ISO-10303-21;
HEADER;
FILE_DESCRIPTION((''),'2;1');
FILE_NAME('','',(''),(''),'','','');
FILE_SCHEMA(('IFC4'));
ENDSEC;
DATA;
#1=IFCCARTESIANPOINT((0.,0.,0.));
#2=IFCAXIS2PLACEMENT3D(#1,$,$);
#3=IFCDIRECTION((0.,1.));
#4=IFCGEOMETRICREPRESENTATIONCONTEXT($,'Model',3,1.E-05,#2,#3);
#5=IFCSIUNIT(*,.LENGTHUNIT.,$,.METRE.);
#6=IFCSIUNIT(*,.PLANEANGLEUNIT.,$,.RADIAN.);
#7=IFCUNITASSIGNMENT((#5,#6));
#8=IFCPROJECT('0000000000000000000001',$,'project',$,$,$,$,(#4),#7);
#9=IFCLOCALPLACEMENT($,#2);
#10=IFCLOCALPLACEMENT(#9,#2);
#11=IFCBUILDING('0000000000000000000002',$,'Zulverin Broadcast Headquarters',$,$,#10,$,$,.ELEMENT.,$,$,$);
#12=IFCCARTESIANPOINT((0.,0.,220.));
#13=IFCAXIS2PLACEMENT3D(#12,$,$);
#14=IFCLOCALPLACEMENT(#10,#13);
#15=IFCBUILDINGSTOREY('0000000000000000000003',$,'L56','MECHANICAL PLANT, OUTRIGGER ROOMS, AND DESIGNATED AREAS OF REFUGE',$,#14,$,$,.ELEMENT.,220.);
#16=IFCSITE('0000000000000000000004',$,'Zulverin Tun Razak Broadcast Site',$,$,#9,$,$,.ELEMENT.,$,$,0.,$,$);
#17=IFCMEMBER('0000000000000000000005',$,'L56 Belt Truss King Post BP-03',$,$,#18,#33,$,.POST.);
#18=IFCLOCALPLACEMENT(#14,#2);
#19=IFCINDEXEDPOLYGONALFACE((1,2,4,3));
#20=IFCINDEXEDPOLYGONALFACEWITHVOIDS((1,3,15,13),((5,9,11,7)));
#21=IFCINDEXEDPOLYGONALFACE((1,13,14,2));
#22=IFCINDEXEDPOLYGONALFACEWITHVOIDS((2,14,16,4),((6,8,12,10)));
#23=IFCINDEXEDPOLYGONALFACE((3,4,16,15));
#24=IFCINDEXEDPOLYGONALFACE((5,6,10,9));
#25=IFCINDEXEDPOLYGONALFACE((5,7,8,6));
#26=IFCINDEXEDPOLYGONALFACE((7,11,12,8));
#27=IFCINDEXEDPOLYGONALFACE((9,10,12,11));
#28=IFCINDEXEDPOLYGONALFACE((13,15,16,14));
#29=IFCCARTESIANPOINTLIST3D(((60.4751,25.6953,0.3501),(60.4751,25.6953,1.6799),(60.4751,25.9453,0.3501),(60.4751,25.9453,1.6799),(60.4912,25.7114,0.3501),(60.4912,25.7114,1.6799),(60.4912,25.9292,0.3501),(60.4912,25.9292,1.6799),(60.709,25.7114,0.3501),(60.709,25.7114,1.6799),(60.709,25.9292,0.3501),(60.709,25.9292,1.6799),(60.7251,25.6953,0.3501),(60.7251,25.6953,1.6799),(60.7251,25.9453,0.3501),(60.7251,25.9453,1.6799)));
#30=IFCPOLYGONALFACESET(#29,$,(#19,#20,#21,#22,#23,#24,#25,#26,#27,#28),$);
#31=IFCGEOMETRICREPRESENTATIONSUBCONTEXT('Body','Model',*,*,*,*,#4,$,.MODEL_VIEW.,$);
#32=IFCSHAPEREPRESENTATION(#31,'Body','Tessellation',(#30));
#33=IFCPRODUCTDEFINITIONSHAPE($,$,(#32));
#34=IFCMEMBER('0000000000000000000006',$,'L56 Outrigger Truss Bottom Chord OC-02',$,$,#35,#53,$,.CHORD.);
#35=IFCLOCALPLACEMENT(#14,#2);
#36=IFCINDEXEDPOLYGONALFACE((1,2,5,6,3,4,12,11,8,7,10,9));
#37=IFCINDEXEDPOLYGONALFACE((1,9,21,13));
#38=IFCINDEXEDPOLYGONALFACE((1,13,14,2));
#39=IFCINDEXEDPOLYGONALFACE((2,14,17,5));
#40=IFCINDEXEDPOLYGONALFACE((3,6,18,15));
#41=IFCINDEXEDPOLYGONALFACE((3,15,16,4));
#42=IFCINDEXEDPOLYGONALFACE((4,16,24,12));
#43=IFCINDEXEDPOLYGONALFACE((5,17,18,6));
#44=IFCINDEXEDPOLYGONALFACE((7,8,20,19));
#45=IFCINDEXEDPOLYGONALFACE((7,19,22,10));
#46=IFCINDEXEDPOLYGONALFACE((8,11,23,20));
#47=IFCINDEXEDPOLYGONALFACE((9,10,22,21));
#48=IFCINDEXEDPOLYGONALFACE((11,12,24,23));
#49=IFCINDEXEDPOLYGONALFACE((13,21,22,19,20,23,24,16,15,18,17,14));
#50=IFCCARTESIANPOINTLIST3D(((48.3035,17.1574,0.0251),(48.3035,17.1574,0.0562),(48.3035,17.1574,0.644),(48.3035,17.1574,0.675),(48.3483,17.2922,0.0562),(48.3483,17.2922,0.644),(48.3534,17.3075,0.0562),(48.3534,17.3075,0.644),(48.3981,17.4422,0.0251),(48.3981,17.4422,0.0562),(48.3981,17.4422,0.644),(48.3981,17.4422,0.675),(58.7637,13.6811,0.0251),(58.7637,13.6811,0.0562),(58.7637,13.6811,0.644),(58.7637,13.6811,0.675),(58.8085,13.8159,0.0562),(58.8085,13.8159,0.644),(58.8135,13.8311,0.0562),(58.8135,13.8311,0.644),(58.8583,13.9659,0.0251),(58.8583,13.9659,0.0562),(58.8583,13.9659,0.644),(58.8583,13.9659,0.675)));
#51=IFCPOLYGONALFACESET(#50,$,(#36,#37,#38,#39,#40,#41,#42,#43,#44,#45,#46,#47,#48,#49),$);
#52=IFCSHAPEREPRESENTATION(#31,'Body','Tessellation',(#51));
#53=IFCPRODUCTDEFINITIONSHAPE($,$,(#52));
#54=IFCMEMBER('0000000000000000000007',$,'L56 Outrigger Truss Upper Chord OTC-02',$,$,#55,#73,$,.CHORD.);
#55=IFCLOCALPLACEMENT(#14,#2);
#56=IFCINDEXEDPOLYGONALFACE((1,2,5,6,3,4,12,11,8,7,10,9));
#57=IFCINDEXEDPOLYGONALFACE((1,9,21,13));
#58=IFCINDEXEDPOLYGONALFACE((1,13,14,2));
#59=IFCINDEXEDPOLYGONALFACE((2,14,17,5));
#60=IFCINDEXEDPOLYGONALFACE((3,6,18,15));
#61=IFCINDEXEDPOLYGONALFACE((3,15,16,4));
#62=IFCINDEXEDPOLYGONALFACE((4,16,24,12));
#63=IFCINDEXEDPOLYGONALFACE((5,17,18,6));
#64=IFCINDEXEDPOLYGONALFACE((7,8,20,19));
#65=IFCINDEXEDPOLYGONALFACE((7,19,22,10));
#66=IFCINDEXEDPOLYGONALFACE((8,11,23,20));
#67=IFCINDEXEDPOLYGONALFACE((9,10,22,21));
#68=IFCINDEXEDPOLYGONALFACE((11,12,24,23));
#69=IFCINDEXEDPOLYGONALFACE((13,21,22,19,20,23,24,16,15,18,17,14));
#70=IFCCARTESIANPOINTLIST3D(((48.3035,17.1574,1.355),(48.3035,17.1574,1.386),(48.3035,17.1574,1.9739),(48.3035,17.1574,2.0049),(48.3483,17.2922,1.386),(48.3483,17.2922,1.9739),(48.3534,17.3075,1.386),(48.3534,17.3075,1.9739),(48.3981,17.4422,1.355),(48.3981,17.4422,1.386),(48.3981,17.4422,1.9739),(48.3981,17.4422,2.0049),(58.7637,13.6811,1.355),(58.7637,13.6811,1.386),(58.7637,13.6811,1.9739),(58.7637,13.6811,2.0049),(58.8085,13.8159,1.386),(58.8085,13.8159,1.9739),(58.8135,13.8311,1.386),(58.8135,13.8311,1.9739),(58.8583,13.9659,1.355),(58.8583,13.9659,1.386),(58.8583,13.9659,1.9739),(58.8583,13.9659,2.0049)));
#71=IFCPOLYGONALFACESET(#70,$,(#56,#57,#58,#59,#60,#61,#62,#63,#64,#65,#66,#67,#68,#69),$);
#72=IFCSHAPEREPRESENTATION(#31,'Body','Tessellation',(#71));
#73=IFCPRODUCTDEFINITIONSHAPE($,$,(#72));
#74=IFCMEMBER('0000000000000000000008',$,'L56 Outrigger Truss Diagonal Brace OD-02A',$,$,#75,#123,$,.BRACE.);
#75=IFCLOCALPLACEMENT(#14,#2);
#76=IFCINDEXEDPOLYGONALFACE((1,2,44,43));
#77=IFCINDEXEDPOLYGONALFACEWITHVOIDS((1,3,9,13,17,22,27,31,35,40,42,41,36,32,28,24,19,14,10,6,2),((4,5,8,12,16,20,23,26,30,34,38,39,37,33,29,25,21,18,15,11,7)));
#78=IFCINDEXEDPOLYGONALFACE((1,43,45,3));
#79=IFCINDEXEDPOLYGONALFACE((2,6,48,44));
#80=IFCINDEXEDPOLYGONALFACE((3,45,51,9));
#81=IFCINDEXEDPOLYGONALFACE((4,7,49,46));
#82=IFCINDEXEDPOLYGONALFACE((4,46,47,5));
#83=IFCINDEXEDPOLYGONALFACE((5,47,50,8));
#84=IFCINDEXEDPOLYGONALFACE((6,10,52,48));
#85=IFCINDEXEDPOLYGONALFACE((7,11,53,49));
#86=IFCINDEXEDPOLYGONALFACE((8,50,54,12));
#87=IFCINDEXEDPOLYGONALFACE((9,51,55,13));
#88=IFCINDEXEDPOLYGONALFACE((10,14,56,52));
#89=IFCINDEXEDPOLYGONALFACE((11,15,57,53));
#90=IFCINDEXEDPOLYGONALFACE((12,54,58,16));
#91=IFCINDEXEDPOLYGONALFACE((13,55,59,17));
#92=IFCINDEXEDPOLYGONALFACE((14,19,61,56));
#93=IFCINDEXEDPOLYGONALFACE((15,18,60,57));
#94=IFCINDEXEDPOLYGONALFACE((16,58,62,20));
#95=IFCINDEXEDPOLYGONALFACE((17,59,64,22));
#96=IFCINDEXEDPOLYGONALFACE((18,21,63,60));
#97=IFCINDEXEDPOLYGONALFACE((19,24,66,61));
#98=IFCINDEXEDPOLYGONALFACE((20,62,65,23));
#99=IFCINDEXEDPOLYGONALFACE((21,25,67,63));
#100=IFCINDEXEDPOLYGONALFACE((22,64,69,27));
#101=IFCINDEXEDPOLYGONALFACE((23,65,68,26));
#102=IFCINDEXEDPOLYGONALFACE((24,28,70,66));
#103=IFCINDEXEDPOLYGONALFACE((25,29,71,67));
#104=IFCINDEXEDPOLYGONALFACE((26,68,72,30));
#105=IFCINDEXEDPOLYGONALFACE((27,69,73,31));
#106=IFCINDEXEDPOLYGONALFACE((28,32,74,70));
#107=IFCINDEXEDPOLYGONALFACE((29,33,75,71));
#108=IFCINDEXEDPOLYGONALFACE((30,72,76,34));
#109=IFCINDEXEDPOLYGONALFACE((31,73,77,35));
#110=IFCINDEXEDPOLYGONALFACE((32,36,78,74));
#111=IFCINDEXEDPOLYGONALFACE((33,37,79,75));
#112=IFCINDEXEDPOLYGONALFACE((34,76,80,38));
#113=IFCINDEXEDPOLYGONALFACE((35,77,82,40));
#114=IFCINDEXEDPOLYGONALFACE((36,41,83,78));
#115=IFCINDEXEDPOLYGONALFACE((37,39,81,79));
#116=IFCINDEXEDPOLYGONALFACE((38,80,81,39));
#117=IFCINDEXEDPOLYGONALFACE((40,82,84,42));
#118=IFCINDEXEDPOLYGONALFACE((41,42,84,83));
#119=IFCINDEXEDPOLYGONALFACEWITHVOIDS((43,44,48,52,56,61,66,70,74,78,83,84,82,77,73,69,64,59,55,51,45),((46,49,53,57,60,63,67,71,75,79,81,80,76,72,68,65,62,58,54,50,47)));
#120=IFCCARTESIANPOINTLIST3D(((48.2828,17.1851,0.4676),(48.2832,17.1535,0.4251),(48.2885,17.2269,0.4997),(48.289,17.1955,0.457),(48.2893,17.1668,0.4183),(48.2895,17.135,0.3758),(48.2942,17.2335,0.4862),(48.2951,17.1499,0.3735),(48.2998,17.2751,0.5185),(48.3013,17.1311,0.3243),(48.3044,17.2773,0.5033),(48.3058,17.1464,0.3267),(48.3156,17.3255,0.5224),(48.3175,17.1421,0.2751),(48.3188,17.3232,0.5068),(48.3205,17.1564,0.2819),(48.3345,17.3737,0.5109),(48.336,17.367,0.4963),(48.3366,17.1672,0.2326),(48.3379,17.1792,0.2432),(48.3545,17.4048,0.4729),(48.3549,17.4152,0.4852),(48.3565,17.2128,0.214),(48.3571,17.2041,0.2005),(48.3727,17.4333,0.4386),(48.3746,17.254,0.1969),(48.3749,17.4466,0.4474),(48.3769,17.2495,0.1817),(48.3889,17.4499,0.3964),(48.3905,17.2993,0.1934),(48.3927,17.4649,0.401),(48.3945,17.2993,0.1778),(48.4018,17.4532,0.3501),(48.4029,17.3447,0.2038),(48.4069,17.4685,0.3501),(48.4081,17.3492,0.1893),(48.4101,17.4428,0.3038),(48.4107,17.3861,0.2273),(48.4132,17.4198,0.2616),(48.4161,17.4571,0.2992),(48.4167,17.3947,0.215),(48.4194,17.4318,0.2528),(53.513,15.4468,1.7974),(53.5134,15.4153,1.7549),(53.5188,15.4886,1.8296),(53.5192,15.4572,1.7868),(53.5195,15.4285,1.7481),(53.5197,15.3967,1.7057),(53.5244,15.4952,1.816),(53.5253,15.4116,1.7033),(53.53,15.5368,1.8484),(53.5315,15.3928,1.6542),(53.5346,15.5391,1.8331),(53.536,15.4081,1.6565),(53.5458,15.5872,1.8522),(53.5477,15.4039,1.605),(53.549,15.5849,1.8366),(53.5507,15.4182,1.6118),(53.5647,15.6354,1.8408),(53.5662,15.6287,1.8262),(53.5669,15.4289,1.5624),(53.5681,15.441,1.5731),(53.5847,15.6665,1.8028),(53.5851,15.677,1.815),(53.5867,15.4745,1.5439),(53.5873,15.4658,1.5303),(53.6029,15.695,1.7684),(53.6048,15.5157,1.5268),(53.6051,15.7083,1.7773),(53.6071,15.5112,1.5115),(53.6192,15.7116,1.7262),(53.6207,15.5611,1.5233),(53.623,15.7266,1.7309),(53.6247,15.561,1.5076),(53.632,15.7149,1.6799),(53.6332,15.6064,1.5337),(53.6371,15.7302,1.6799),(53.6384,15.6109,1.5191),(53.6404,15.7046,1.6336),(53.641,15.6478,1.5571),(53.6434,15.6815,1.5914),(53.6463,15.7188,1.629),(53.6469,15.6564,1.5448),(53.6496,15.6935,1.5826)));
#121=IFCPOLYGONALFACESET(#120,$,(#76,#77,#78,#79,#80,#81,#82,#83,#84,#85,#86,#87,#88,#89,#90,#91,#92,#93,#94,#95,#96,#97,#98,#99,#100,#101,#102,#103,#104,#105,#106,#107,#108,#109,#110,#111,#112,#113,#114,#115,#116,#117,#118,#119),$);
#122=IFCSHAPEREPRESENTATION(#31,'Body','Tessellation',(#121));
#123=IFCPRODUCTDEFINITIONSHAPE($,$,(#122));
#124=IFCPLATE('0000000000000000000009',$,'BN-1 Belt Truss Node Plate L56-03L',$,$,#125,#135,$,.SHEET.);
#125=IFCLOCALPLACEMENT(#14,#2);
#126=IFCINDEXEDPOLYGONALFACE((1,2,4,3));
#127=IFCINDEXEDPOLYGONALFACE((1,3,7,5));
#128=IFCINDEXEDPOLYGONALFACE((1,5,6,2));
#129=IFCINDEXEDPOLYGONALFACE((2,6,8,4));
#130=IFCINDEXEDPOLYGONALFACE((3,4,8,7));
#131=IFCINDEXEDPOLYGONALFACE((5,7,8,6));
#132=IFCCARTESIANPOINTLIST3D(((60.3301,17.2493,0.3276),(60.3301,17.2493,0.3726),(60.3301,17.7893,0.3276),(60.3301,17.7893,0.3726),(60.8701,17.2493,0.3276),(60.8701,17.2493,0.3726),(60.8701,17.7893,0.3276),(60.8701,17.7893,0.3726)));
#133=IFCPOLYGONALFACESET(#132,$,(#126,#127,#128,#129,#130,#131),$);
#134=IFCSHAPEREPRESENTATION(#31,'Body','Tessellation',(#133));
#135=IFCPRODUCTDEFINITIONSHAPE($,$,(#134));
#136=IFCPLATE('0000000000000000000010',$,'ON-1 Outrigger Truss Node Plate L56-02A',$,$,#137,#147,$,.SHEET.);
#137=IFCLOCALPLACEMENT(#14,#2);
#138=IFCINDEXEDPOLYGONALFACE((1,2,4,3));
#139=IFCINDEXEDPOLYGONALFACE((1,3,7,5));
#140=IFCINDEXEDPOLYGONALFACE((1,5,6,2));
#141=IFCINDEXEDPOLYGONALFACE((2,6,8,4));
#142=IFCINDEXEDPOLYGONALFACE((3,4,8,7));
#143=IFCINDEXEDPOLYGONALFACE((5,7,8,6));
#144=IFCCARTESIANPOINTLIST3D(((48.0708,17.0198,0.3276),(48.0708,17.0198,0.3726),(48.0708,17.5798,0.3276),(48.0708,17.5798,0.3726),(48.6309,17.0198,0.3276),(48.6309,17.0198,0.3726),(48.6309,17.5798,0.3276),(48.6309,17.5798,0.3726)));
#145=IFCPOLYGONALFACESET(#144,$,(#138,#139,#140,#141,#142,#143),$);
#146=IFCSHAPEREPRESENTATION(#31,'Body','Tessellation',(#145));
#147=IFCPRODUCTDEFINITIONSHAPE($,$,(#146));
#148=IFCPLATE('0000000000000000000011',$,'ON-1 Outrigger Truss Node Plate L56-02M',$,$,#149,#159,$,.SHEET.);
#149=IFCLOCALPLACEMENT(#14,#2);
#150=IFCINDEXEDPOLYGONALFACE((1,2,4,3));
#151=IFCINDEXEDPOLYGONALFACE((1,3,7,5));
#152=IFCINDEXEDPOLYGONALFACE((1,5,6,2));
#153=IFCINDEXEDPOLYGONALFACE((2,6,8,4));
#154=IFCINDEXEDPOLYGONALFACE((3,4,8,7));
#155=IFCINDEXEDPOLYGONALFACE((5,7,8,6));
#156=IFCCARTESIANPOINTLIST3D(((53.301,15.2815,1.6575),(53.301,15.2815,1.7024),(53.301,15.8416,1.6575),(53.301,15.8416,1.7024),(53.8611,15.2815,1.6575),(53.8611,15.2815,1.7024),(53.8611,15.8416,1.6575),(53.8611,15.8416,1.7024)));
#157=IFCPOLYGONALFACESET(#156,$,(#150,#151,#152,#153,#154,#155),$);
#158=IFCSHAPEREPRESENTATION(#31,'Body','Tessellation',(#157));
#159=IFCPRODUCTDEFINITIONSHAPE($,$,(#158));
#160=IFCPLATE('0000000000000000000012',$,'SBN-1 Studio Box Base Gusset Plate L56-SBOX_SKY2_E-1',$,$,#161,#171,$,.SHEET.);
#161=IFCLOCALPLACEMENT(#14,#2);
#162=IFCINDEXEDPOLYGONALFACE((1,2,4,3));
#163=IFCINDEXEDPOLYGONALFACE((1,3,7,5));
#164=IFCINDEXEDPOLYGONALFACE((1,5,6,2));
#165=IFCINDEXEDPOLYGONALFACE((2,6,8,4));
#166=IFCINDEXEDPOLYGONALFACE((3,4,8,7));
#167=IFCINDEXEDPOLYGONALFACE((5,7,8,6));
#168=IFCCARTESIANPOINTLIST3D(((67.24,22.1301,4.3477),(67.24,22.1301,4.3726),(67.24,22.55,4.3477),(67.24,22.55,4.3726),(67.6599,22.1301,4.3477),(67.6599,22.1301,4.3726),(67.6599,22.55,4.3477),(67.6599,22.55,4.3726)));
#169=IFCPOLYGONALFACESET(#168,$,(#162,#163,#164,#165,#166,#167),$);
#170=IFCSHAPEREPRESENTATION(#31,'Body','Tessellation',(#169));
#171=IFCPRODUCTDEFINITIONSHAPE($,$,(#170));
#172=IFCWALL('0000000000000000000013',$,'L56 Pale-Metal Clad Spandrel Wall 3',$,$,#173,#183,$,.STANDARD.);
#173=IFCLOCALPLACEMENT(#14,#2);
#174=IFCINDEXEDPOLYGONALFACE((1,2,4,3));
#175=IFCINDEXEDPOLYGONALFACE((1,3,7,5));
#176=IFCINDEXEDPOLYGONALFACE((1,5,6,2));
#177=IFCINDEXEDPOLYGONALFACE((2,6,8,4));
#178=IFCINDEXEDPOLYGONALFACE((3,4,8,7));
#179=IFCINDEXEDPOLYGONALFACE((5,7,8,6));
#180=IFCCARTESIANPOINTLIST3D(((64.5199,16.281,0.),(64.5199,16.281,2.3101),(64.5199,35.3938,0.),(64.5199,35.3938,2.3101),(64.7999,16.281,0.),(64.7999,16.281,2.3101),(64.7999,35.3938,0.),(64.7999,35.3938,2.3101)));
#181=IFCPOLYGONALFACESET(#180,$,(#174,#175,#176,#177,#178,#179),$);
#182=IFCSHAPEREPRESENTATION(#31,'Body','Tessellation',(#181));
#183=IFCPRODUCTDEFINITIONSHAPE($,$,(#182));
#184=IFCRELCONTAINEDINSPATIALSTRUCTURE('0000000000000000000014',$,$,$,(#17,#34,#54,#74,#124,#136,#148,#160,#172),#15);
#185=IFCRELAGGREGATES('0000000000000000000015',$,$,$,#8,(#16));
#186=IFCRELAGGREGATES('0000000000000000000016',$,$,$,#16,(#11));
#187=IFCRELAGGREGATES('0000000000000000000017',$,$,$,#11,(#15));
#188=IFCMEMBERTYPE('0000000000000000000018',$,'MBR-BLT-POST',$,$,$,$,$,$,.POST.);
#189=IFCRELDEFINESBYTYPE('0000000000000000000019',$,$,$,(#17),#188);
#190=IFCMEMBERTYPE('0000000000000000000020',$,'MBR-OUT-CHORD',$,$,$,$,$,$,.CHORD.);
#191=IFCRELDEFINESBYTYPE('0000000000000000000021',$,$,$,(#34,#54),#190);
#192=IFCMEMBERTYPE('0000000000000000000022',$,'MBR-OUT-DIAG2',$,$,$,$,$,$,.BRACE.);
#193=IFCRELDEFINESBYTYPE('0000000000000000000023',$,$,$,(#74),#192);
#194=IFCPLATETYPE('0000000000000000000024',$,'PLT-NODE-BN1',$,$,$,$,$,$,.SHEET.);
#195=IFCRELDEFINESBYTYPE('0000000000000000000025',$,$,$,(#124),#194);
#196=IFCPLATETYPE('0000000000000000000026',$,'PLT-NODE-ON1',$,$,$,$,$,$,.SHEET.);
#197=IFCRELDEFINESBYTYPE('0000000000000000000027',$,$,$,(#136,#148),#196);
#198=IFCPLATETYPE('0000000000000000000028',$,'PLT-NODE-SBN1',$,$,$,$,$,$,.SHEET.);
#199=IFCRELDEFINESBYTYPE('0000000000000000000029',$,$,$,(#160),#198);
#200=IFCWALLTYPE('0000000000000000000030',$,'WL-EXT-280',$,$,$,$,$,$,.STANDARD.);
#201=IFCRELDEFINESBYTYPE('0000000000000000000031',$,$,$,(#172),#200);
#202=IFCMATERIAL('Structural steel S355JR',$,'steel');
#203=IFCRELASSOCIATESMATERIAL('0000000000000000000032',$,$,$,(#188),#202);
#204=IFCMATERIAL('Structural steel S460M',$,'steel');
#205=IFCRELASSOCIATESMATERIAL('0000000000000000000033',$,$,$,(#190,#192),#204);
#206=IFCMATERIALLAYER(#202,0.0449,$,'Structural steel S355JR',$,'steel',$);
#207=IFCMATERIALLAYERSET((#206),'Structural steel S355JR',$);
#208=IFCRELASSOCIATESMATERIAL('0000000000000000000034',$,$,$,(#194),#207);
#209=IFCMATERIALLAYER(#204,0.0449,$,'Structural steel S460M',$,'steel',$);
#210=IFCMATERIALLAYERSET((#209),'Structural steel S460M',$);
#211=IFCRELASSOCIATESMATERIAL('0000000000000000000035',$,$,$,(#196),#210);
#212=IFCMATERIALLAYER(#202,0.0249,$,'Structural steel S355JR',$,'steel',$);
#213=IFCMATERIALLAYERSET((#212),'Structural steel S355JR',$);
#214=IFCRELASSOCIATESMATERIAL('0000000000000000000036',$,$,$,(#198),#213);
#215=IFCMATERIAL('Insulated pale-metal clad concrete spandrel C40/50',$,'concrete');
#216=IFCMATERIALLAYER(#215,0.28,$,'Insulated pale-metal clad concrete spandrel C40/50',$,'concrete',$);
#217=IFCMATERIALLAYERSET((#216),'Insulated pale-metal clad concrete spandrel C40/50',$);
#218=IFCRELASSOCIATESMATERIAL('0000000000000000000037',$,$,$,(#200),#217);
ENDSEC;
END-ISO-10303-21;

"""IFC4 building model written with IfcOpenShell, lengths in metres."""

from ifc_helpers import new_model, si_unit, direction, frame, frame_2d, origin, origin_2d, place, context, subcontext, project, spatial, rectangle, hollow_rectangle, hollow_circle, i_section, extrude, material, layer, layer_set, material_profile, profile_set, type_object, element, save


model = new_model("IFC4")

# Units and contexts
model_context = context("Model", 3, precision=1e-05, world=origin(), true_north=direction((0.0, 1.0)))
body_context = subcontext(model_context, "Body", "Model", "MODEL_VIEW")
ifc_project = project(units=[si_unit("LENGTHUNIT", "METRE"), si_unit("PLANEANGLEUNIT", "RADIAN")], contexts=[model_context])

# Site, building, storey
site_placement = place(None, origin())
site = spatial("IfcSite", under=ifc_project, at=site_placement, Name="Zulverin Tun Razak Broadcast Site", CompositionType="ELEMENT", RefElevation=0.0)
building_placement = place(site_placement, origin())
building = spatial("IfcBuilding", under=site, at=building_placement, Name="Zulverin Broadcast Headquarters", CompositionType="ELEMENT")
storey_placement = place(building_placement, frame((0.0, 0.0, 220.0)))
storey = spatial("IfcBuildingStorey", under=building, at=storey_placement, Name="L56", Description="MECHANICAL PLANT, OUTRIGGER ROOMS, AND DESIGNATED AREAS OF REFUGE", CompositionType="ELEMENT", Elevation=220.0)

# Shared definitions
ifc_material_1 = material(Name="Structural steel S355JR", Category="steel")

# Members
ifc_material_profile_1 = material_profile(ifc_material_1, hollow_rectangle(XDim=0.25, YDim=0.25, WallThickness=0.0161, at=origin_2d()), Name="Structural steel S355JR", Category="steel")
ifc_profile_set_1 = profile_set([ifc_material_profile_1], Name="Structural steel S355JR")
member_type_1 = type_object("IfcMemberType", Name="MBR-BLT-POST", PredefinedType="POST", material=ifc_profile_set_1)
member_1_placement = place(storey_placement, frame((60.6001, 25.8203, 0.3501), z_axis=(0.0, 0.0, 1.0), x_axis=(1.0, 0.0, 0.0)))
element("IfcMember", 1, at=member_1_placement, inside=storey, type_object=member_type_1, Name="L56 Belt Truss King Post BP-03", PredefinedType="POST", context=body_context, shape_type="SweptSolid", body=[
    extrude(hollow_rectangle(XDim=0.25, YDim=0.25, WallThickness=0.0161, at=origin_2d()), origin(), (0.0, 0.0, 1.0), 1.3298),
])
ifc_material_2 = material(Name="Structural steel S460M", Category="steel")
ifc_material_profile_2 = material_profile(ifc_material_2, i_section(OverallWidth=0.3, OverallDepth=0.6499, WebThickness=0.0161, FlangeThickness=0.031, at=origin_2d()), Name="Structural steel S460M", Category="steel")
ifc_profile_set_2 = profile_set([ifc_material_profile_2], Name="Structural steel S460M")
member_type_2 = type_object("IfcMemberType", Name="MBR-OUT-CHORD", PredefinedType="CHORD", material=ifc_profile_set_2)
for number, where, z_axis, x_axis, name in (
    (2, (48.3508, 17.2998, 0.3501), (0.948966, -0.315377, 0.0), (0.315377, 0.948966, 0.0), "L56 Outrigger Truss Bottom Chord OC-02"),
    (3, (48.3508, 17.2998, 1.6799), (0.948966, -0.315377, 0.0), (0.315377, 0.948966, 0.0), "L56 Outrigger Truss Upper Chord OTC-02"),
):
    element("IfcMember", number, at=place(storey_placement, frame(where, z_axis=z_axis, x_axis=x_axis)), inside=storey, type_object=member_type_2, Name=name, PredefinedType="CHORD", context=body_context, shape_type="SweptSolid", body=[
        extrude(i_section(OverallWidth=0.3, OverallDepth=0.6499, WebThickness=0.0161, FlangeThickness=0.031, at=origin_2d()), origin(), (0.0, 0.0, 1.0), 11.0227),
    ])
ifc_material_profile_3 = material_profile(ifc_material_2, hollow_circle(Radius=0.1777, WallThickness=0.0161, at=origin_2d()), Name="Structural steel S460M", Category="steel")
ifc_profile_set_3 = profile_set([ifc_material_profile_3], Name="Structural steel S460M")
member_type_3 = type_object("IfcMemberType", Name="MBR-OUT-DIAG2", PredefinedType="BRACE", material=ifc_profile_set_3)
member_2_placement = place(storey_placement, frame((48.3508, 17.2998, 0.3501), z_axis=(0.922489, -0.306592, 0.234552), x_axis=(0.31539, 0.948962, 0.0)))
element("IfcMember", 4, at=member_2_placement, inside=storey, type_object=member_type_3, Name="L56 Outrigger Truss Diagonal Brace OD-02A", PredefinedType="BRACE", context=body_context, shape_type="SweptSolid", body=[
    extrude(hollow_circle(Radius=0.1777, WallThickness=0.0161, at=origin_2d()), origin(), (0.0, 0.0, 1.0), 5.6697),
])

# Plates
ifc_layer_1 = layer(ifc_material_1, 0.0449, Name="Structural steel S355JR", Category="steel")
ifc_layer_set_1 = layer_set([ifc_layer_1], Name="Structural steel S355JR")
plate_type_1 = type_object("IfcPlateType", Name="PLT-NODE-BN1", PredefinedType="SHEET", material=ifc_layer_set_1)
plate_1_placement = place(storey_placement, frame((60.6001, 17.5193, 0.3276), z_axis=(0.0, 0.0, 1.0), x_axis=(1.0, 0.0, 0.0)))
element("IfcPlate", 5, at=plate_1_placement, inside=storey, type_object=plate_type_1, Name="BN-1 Belt Truss Node Plate L56-03L", PredefinedType="SHEET", context=body_context, shape_type="SweptSolid", body=[
    extrude(rectangle(XDim=0.54, YDim=0.54, at=origin_2d()), origin(), (0.0, 0.0, 1.0), 0.0449),
])
ifc_layer_2 = layer(ifc_material_2, 0.0449, Name="Structural steel S460M", Category="steel")
ifc_layer_set_2 = layer_set([ifc_layer_2], Name="Structural steel S460M")
plate_type_2 = type_object("IfcPlateType", Name="PLT-NODE-ON1", PredefinedType="SHEET", material=ifc_layer_set_2)
for number, where, z_axis, x_axis, name in (
    (6, (48.3508, 17.2998, 0.3276), (0.0, 0.0, 1.0), (1.0, 0.0, 0.0), "ON-1 Outrigger Truss Node Plate L56-02A"),
    (7, (53.5811, 15.5615, 1.6575), (0.0, 0.0, 1.0), (1.0, 0.0, 0.0), "ON-1 Outrigger Truss Node Plate L56-02M"),
):
    element("IfcPlate", number, at=place(storey_placement, frame(where, z_axis=z_axis, x_axis=x_axis)), inside=storey, type_object=plate_type_2, Name=name, PredefinedType="SHEET", context=body_context, shape_type="SweptSolid", body=[
        extrude(rectangle(XDim=0.5601, YDim=0.5601, at=origin_2d()), origin(), (0.0, 0.0, 1.0), 0.0449),
    ])
ifc_layer_3 = layer(ifc_material_1, 0.0249, Name="Structural steel S355JR", Category="steel")
ifc_layer_set_3 = layer_set([ifc_layer_3], Name="Structural steel S355JR")
plate_type_3 = type_object("IfcPlateType", Name="PLT-NODE-SBN1", PredefinedType="SHEET", material=ifc_layer_set_3)
plate_2_placement = place(storey_placement, frame((67.45, 22.3401, 4.3477), z_axis=(0.0, 0.0, 1.0), x_axis=(1.0, 0.0, 0.0)))
element("IfcPlate", 8, at=plate_2_placement, inside=storey, type_object=plate_type_3, Name="SBN-1 Studio Box Base Gusset Plate L56-SBOX_SKY2_E-1", PredefinedType="SHEET", context=body_context, shape_type="SweptSolid", body=[
    extrude(rectangle(XDim=0.4199, YDim=0.4199, at=origin_2d()), origin(), (0.0, 0.0, 1.0), 0.0249),
])

# Wall
ifc_material_3 = material(Name="Insulated pale-metal clad concrete spandrel C40/50", Category="concrete")
ifc_layer_4 = layer(ifc_material_3, 0.28, Name="Insulated pale-metal clad concrete spandrel C40/50", Category="concrete")
ifc_layer_set_4 = layer_set([ifc_layer_4], Name="Insulated pale-metal clad concrete spandrel C40/50")
wall_type_1 = type_object("IfcWallType", Name="WL-EXT-280", PredefinedType="STANDARD", material=ifc_layer_set_4)
wall_1_placement = place(storey_placement, frame((64.6599, 16.281, 0.0), z_axis=(0.0, 0.0, 1.0), x_axis=(0.0, 1.0, 0.0)))
element("IfcWall", 9, at=wall_1_placement, inside=storey, type_object=wall_type_1, Name="L56 Pale-Metal Clad Spandrel Wall 3", PredefinedType="STANDARD", context=body_context, shape_type="SweptSolid", body=[
    extrude(rectangle(XDim=19.1128, YDim=0.28, at=frame_2d((9.5564, 0.0))), origin(), (0.0, 0.0, 1.0), 2.3101),
])

save(model, "model.ifc")
